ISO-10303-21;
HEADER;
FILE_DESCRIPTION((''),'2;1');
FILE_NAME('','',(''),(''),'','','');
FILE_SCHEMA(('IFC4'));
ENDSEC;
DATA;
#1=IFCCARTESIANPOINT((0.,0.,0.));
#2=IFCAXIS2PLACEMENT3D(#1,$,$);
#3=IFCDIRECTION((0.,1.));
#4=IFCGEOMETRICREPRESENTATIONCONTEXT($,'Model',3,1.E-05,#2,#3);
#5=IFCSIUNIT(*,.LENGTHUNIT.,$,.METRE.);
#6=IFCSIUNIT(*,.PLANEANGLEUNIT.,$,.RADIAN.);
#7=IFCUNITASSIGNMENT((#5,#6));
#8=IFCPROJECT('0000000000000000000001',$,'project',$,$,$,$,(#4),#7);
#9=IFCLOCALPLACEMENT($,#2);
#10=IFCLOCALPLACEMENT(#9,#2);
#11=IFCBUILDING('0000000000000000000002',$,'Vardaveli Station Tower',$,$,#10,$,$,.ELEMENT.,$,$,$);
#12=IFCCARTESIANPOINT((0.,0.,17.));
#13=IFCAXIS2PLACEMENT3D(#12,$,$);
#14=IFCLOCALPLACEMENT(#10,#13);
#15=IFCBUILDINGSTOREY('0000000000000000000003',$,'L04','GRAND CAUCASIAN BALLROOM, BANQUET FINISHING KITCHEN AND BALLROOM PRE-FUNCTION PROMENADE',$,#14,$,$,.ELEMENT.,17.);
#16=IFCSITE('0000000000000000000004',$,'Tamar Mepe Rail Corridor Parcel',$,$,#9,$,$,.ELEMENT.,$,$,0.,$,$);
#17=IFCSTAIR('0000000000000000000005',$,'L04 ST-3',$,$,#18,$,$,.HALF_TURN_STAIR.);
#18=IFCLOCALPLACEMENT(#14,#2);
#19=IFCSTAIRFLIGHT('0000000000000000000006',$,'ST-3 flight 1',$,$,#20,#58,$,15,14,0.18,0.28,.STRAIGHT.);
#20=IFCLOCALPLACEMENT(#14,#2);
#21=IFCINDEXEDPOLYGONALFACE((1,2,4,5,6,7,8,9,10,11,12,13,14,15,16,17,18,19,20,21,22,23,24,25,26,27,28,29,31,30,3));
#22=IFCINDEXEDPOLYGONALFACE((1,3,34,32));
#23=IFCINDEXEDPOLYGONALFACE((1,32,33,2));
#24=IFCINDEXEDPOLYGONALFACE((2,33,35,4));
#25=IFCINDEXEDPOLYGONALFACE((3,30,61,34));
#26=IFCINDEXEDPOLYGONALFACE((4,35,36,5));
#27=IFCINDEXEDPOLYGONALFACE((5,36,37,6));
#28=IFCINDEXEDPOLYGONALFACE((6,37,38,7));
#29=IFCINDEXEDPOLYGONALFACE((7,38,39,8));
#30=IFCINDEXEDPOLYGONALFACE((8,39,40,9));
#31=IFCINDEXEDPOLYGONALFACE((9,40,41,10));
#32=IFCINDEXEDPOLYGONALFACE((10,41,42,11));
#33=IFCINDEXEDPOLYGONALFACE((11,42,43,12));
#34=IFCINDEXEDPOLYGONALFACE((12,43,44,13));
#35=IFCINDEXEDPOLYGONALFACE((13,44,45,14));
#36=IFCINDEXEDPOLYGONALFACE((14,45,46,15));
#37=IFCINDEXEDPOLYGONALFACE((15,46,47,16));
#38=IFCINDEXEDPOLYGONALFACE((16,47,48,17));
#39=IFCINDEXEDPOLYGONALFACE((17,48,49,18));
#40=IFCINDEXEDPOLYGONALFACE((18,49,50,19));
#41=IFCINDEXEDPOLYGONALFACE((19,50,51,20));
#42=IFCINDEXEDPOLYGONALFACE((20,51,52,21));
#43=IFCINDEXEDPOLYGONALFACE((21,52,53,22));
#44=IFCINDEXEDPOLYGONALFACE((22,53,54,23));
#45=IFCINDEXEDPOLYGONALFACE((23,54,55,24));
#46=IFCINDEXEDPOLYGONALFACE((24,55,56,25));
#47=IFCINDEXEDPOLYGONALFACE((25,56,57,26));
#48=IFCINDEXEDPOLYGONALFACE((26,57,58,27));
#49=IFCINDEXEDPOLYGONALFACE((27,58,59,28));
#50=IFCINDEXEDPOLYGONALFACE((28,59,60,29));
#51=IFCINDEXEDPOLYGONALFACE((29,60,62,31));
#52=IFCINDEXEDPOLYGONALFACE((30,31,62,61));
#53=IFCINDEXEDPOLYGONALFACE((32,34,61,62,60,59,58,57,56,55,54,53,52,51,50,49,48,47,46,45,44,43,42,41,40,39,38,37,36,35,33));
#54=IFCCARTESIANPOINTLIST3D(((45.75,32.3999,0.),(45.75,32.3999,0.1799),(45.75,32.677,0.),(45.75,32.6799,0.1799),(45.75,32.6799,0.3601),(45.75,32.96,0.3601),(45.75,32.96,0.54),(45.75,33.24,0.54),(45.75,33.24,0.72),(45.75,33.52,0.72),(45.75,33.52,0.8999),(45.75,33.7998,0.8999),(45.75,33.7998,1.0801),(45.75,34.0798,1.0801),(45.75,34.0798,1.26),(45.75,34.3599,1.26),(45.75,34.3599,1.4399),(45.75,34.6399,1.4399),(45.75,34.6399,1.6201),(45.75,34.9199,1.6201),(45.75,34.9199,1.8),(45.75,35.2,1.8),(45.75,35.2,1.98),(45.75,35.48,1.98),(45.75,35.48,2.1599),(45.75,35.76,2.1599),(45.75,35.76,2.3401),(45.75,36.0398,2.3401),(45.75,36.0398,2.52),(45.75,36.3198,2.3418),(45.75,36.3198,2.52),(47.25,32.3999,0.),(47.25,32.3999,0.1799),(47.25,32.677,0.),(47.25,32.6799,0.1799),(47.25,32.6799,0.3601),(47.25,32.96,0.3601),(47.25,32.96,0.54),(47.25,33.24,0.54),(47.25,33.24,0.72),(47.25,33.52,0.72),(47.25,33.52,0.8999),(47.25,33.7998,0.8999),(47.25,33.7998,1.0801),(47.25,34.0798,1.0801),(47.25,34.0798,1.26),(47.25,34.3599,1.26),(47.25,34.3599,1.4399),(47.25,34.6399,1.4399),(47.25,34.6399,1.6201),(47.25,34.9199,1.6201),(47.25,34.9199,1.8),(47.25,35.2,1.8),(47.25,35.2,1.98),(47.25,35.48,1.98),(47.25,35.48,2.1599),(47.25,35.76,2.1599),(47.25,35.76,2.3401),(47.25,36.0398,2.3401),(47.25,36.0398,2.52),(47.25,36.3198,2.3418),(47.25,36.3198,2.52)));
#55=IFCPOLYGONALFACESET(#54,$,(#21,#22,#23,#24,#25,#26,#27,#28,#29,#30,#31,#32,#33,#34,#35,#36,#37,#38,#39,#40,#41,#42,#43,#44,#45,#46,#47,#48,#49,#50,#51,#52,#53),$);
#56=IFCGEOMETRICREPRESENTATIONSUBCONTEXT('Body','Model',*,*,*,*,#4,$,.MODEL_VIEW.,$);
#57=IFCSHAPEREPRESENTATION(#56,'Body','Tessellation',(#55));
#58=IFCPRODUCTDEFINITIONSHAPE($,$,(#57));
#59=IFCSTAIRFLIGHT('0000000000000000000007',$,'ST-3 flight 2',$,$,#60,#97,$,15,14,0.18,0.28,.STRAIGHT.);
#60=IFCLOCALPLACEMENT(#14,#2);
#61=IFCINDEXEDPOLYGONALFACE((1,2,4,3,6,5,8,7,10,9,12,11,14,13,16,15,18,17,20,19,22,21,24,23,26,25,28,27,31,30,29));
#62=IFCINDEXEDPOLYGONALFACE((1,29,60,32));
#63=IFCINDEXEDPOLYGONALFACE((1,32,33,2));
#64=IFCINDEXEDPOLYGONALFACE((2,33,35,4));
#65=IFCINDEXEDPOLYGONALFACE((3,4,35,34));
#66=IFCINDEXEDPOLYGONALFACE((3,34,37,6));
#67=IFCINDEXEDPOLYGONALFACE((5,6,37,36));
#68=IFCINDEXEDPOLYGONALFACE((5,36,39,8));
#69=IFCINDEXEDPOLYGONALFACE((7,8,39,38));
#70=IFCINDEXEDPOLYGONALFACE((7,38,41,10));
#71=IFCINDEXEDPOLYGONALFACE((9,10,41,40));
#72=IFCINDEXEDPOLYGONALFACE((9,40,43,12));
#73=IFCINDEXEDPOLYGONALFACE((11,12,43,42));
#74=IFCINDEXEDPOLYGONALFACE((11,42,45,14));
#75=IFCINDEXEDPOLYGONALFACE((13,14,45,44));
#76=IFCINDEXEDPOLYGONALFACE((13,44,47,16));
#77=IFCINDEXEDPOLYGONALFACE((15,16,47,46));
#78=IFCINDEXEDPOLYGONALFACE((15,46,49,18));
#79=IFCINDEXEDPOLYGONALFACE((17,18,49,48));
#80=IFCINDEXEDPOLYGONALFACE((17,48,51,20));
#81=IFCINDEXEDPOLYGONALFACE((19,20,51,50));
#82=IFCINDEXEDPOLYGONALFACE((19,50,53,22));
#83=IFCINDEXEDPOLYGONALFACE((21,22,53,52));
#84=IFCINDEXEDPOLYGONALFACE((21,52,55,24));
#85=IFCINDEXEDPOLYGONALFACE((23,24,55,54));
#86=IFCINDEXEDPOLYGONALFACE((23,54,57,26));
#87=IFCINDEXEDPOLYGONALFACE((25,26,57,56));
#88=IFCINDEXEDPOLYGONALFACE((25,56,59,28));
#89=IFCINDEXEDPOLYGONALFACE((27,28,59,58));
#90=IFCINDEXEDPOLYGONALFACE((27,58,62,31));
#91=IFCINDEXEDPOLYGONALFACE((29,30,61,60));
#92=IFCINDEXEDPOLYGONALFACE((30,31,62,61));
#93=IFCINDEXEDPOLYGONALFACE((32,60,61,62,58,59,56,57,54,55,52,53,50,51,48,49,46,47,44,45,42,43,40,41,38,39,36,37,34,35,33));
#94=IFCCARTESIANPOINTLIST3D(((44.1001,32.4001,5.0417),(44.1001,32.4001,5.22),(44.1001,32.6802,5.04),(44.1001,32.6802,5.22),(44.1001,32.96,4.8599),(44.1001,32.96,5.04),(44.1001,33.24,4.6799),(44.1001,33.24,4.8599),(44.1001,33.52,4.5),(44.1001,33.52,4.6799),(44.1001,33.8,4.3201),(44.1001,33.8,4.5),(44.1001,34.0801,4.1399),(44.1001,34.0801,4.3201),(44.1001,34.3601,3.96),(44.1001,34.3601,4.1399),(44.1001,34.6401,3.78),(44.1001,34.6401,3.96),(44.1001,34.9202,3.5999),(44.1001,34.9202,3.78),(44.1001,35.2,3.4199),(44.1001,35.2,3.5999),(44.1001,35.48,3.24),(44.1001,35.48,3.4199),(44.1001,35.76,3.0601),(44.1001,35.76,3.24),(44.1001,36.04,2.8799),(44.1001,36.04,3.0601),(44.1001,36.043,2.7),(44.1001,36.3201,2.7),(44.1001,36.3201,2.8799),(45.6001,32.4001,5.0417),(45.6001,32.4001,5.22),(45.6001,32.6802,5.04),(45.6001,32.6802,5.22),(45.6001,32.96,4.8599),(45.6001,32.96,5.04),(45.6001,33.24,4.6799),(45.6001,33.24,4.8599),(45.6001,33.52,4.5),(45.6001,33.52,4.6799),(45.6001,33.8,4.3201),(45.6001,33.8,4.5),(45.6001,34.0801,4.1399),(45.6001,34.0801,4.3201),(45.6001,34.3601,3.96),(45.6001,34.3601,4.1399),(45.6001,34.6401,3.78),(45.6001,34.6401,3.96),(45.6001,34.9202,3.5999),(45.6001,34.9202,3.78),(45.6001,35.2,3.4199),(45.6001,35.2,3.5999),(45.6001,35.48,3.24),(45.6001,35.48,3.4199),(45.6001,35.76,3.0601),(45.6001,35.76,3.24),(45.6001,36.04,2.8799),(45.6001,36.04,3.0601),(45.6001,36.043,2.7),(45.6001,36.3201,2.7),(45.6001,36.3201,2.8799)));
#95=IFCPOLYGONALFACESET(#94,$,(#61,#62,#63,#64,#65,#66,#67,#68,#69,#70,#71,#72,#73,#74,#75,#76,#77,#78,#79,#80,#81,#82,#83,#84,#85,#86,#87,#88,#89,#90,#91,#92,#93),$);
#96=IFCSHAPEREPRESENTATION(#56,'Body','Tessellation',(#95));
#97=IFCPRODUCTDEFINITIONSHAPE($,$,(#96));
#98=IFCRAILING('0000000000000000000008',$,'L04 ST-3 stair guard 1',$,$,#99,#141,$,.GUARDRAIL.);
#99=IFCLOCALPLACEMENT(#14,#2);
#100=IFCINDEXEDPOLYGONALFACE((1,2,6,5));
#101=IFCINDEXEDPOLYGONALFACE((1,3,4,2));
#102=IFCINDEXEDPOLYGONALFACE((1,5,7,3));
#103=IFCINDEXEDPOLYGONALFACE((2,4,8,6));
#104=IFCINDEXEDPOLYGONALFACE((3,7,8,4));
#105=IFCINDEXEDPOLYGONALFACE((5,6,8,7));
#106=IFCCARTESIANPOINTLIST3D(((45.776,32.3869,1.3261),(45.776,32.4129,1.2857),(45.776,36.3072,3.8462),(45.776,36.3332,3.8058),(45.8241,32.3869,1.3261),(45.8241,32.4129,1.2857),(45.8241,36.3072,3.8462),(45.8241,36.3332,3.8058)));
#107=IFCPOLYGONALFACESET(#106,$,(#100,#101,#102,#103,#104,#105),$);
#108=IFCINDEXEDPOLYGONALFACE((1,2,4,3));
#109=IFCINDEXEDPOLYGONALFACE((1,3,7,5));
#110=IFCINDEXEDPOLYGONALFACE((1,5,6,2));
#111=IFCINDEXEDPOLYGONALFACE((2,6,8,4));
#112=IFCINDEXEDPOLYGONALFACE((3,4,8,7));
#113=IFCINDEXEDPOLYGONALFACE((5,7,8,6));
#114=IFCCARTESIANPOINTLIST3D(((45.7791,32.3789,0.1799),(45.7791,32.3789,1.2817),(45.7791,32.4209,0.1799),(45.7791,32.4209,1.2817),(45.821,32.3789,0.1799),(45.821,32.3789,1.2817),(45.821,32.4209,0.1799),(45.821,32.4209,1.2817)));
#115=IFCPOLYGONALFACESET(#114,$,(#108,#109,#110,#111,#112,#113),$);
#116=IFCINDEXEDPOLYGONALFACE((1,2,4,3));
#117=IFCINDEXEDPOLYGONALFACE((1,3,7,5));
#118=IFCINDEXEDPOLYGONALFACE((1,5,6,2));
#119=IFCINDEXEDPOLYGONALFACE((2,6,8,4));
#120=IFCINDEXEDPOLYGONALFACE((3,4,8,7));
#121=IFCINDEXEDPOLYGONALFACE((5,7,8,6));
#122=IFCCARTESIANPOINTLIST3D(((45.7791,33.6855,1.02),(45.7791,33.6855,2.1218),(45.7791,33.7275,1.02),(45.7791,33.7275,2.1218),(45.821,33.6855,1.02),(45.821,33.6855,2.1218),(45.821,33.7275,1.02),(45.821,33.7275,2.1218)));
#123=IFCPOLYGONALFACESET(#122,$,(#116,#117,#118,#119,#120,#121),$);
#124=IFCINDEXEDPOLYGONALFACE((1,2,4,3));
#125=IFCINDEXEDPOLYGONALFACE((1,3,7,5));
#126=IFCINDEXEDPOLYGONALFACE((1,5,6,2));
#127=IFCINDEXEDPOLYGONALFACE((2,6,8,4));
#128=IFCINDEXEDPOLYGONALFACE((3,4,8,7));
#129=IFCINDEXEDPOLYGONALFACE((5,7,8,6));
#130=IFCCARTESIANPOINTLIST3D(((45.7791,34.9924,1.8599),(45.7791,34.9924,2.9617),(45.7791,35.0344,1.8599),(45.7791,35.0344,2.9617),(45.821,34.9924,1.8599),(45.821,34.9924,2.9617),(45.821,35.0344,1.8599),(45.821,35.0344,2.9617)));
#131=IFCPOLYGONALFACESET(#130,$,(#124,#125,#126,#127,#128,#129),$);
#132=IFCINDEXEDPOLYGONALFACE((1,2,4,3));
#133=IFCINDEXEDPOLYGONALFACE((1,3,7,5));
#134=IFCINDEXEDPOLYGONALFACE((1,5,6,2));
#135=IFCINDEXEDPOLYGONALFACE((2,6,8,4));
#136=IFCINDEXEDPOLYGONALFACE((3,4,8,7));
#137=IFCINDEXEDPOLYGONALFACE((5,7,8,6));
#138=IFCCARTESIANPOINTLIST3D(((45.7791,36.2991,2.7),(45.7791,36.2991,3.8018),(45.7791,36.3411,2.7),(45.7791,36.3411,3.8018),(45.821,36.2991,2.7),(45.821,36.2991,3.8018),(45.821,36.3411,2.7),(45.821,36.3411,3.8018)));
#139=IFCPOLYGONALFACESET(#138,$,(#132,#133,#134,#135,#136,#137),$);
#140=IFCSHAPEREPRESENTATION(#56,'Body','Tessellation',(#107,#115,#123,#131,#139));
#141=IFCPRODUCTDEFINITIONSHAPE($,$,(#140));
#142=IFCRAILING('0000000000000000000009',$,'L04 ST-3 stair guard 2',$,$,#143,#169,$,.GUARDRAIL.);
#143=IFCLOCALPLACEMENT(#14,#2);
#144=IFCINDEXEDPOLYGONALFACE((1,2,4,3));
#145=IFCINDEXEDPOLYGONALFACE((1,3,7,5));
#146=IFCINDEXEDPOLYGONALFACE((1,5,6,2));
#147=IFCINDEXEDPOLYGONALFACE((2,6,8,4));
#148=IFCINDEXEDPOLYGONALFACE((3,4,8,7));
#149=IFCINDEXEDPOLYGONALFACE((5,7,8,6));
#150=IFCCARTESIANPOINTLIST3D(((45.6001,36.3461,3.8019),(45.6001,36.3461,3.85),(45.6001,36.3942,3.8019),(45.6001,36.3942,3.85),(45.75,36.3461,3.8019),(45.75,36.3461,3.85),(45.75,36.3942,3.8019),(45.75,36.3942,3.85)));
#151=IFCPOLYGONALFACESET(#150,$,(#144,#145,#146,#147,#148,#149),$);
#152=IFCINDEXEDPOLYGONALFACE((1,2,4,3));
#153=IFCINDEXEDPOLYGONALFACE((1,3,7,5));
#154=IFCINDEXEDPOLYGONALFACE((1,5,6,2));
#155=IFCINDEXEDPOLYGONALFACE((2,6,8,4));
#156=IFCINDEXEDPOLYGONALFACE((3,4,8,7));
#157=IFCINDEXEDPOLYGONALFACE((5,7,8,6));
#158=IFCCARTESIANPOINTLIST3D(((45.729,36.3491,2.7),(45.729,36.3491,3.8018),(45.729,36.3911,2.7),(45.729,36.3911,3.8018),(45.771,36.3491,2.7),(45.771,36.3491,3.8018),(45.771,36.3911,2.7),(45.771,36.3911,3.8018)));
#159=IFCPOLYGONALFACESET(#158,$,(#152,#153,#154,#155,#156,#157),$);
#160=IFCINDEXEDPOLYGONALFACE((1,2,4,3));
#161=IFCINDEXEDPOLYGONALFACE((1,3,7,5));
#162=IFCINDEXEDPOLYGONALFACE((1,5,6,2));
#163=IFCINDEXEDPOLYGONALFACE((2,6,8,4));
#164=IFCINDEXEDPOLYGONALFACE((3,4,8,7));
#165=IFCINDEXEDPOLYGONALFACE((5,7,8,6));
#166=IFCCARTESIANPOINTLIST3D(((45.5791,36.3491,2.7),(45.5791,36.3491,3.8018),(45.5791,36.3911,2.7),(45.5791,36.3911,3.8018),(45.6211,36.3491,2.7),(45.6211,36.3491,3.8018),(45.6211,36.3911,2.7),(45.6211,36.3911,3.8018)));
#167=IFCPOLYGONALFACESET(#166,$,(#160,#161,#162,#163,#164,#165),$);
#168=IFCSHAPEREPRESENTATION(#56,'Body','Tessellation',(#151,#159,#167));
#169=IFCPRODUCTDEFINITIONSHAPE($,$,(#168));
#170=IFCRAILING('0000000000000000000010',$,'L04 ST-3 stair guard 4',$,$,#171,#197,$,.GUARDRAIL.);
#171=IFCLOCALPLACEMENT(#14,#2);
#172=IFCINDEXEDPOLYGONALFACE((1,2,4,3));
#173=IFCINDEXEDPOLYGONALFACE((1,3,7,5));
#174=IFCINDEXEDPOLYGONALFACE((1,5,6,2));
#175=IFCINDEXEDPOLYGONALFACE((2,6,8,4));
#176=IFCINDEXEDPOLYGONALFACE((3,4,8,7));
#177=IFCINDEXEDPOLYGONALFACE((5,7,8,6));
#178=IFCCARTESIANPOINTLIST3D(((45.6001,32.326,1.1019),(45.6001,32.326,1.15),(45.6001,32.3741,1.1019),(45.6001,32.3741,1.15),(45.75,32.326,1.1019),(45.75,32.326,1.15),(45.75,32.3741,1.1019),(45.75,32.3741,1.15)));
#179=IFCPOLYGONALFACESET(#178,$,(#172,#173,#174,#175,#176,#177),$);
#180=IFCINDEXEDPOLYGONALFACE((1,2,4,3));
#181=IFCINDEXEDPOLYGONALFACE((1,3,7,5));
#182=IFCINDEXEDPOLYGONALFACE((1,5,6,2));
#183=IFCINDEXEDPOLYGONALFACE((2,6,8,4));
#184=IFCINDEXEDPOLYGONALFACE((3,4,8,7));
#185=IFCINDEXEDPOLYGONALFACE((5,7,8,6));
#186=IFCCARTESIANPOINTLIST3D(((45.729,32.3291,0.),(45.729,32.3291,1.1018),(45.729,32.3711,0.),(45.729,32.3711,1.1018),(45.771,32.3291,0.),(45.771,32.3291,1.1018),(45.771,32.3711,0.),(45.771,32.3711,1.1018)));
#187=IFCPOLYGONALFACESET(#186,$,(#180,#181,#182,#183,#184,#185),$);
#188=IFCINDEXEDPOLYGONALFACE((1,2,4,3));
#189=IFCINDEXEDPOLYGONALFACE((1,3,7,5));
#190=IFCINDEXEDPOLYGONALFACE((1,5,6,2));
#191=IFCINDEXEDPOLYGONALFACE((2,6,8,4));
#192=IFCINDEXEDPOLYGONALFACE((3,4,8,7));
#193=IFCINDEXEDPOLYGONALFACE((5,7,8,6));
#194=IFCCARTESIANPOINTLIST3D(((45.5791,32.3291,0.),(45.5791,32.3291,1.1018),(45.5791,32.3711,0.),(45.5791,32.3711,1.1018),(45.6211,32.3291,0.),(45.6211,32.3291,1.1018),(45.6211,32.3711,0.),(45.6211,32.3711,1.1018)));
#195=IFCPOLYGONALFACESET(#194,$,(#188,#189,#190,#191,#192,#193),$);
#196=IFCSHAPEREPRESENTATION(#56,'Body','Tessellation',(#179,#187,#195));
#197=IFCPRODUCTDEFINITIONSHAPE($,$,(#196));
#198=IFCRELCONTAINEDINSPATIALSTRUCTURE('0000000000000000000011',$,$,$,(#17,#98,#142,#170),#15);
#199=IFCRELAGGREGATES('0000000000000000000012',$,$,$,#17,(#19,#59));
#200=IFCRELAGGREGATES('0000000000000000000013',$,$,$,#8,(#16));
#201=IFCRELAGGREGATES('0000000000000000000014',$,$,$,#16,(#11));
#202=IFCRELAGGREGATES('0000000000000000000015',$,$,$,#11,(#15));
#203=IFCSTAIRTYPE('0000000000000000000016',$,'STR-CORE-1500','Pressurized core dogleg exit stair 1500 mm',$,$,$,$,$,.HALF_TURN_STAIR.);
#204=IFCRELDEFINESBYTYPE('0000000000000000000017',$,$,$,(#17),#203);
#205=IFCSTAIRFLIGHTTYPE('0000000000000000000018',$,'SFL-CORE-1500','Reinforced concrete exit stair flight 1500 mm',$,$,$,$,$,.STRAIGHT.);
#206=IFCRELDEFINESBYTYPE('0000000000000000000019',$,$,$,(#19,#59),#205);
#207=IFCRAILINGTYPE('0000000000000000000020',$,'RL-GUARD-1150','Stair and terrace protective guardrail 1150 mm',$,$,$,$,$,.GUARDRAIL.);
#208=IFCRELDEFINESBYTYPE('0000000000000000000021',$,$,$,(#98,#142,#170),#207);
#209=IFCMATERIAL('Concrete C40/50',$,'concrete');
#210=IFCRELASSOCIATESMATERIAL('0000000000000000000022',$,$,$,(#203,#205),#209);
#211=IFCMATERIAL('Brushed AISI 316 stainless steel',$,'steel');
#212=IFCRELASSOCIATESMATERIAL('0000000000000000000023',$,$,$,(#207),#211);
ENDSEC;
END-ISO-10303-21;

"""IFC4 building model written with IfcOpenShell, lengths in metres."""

from ifc_helpers import new_model, si_unit, direction, frame, origin, origin_2d, place, context, subcontext, project, spatial, polyline, rectangle, outline, extrude, source, transform, mapped, material, type_object, element, aggregate, save


model = new_model("IFC4")

# Units and contexts
model_context = context("Model", 3, precision=1e-05, world=origin(), true_north=direction((0.0, 1.0)))
body_context = subcontext(model_context, "Body", "Model", "MODEL_VIEW")
ifc_project = project(units=[si_unit("LENGTHUNIT", "METRE"), si_unit("PLANEANGLEUNIT", "RADIAN")], contexts=[model_context])

# Site, building, storey
site_placement = place(None, origin())
site = spatial("IfcSite", under=ifc_project, at=site_placement, Name="Tamar Mepe Rail Corridor Parcel", CompositionType="ELEMENT", RefElevation=0.0)
building_placement = place(site_placement, origin())
building = spatial("IfcBuilding", under=site, at=building_placement, Name="Vardaveli Station Tower", CompositionType="ELEMENT")
storey_placement = place(building_placement, frame((0.0, 0.0, 17.0)))
storey = spatial("IfcBuildingStorey", under=building, at=storey_placement, Name="L04", Description="GRAND CAUCASIAN BALLROOM, BANQUET FINISHING KITCHEN AND BALLROOM PRE-FUNCTION PROMENADE", CompositionType="ELEMENT", Elevation=17.0)

# Shared definitions
ifc_material_1 = material(Name="Concrete C40/50", Category="concrete")

# Stair, stair flights
stair_type = type_object("IfcStairType", Name="STR-CORE-1500", Description="Pressurized core dogleg exit stair 1500 mm", PredefinedType="HALF_TURN_STAIR", material=ifc_material_1)
stair_placement = place(storey_placement, origin())
stair = element("IfcStair", 1, at=stair_placement, inside=storey, type_object=stair_type, Name="L04 ST-3", PredefinedType="HALF_TURN_STAIR")
stair_flight_type = type_object("IfcStairFlightType", Name="SFL-CORE-1500", Description="Reinforced concrete exit stair flight 1500 mm", PredefinedType="STRAIGHT", material=ifc_material_1)
shared_shape_1 = source(origin(), body_context, "Body", "SweptSolid", [
    extrude(outline(polyline([(0.0, 0.0), (0.0, 0.1799), (0.28, 0.1799), (0.28, 0.3601), (0.5601, 0.3601), (0.5601, 0.54), (0.8401, 0.54), (0.8401, 0.72), (1.1201, 0.72), (1.1201, 0.8999), (1.3999, 0.8999), (1.3999, 1.0801), (1.6799, 1.0801), (1.6799, 1.26), (1.96, 1.26), (1.96, 1.4399), (2.24, 1.4399), (2.24, 1.6201), (2.52, 1.6201), (2.52, 1.8), (2.8, 1.8), (2.8, 1.98), (3.0801, 1.98), (3.0801, 2.1599), (3.3601, 2.1599), (3.3601, 2.3401), (3.6399, 2.3401), (3.6399, 2.52), (3.9199, 2.52), (3.9199, 2.7), (3.9199, 2.3418), (0.2771, 0.0), (0.0, 0.0)])), frame((0.0, 0.75, 0.0), z_axis=(0.0, -1.0, 0.0), x_axis=(1.0, 0.0, 0.0)), (0.0, 0.0, 1.0), 1.5),
])
stair_flight_1_placement = place(storey_placement, frame((46.5, 32.3999, 0.0), z_axis=(0.0, 0.0, 1.0), x_axis=(0.0, 1.0, 0.0)))
stair_flight_1 = element("IfcStairFlight", 2, at=stair_flight_1_placement, type_object=stair_flight_type, Name="ST-3 flight 1", NumberOfRisers=15, NumberOfTreads=14, PredefinedType="STRAIGHT", RiserHeight=0.18, TreadLength=0.28, context=body_context, shape_type="MappedRepresentation", body=[
    mapped(shared_shape_1, transform((0.0, 0.0, 0.0), scale=1.0)),
])
stair_flight_2_placement = place(storey_placement, frame((44.8501, 36.3201, 2.7), z_axis=(0.0, 0.0, 1.0), x_axis=(0.0, -1.0, 0.0)))
stair_flight_2 = element("IfcStairFlight", 3, at=stair_flight_2_placement, type_object=stair_flight_type, Name="ST-3 flight 2", NumberOfRisers=15, NumberOfTreads=14, PredefinedType="STRAIGHT", RiserHeight=0.18, TreadLength=0.28, context=body_context, shape_type="MappedRepresentation", body=[
    mapped(shared_shape_1, transform((0.0, 0.0, 0.0), scale=1.0)),
])
aggregate(stair, [stair_flight_1, stair_flight_2])

# Railings
ifc_material_2 = material(Name="Brushed AISI 316 stainless steel", Category="steel")
railing_type_1 = type_object("IfcRailingType", Name="RL-GUARD-1150", Description="Stair and terrace protective guardrail 1150 mm", PredefinedType="GUARDRAIL", material=ifc_material_2)
shared_shape_2 = source(origin(), body_context, "Body", "SweptSolid", [
    extrude(rectangle(XDim=0.0481, YDim=0.0481, at=origin_2d()), frame((0.0, 0.0, 1.126), z_axis=(0.0, 0.841187, 0.540744), x_axis=(-1.0, 0.0, 0.0)), (0.0, 0.0, 1.0), 4.6604),
    extrude(rectangle(XDim=0.042, YDim=0.042, at=origin_2d()), origin(), (0.0, 0.0, 1.0), 1.1018),
    extrude(rectangle(XDim=0.042, YDim=0.042, at=origin_2d()), frame((0.0, 1.3066, 0.8401)), (0.0, 0.0, 1.0), 1.1018),
    extrude(rectangle(XDim=0.042, YDim=0.042, at=origin_2d()), frame((0.0, 2.6135, 1.6799)), (0.0, 0.0, 1.0), 1.1018),
    extrude(rectangle(XDim=0.042, YDim=0.042, at=origin_2d()), frame((0.0, 3.9202, 2.52)), (0.0, 0.0, 1.0), 1.1018),
])
railing_1_placement = place(storey_placement, frame((45.8, 32.3999, 0.1799)))
element("IfcRailing", 4, at=railing_1_placement, inside=storey, type_object=railing_type_1, Name="L04 ST-3 stair guard 1", PredefinedType="GUARDRAIL", context=body_context, shape_type="MappedRepresentation", body=[
    mapped(shared_shape_2, transform((0.0, 0.0, 0.0), scale=1.0)),
])
shared_shape_3 = source(origin(), body_context, "Body", "SweptSolid", [
    extrude(rectangle(XDim=0.0481, YDim=0.0481, at=origin_2d()), frame((0.0, 0.0, 1.126), z_axis=(-1.0, 0.0, 0.0), x_axis=(0.0, -1.0, 0.0)), (0.0, 0.0, 1.0), 0.1499),
    extrude(rectangle(XDim=0.042, YDim=0.042, at=origin_2d()), origin(), (0.0, 0.0, 1.0), 1.1018),
    extrude(rectangle(XDim=0.042, YDim=0.042, at=origin_2d()), frame((-0.1499, 0.0, 0.0)), (0.0, 0.0, 1.0), 1.1018),
])
for number, where, name in (
    (5, (45.75, 36.3701, 2.7), "L04 ST-3 stair guard 2"),
    (6, (45.75, 32.3501, 0.0), "L04 ST-3 stair guard 4"),
):
    element("IfcRailing", number, at=place(storey_placement, frame(where)), inside=storey, type_object=railing_type_1, Name=name, PredefinedType="GUARDRAIL", context=body_context, shape_type="MappedRepresentation", body=[
        mapped(shared_shape_3, transform((0.0, 0.0, 0.0), scale=1.0)),
    ])

save(model, "model.ifc")
